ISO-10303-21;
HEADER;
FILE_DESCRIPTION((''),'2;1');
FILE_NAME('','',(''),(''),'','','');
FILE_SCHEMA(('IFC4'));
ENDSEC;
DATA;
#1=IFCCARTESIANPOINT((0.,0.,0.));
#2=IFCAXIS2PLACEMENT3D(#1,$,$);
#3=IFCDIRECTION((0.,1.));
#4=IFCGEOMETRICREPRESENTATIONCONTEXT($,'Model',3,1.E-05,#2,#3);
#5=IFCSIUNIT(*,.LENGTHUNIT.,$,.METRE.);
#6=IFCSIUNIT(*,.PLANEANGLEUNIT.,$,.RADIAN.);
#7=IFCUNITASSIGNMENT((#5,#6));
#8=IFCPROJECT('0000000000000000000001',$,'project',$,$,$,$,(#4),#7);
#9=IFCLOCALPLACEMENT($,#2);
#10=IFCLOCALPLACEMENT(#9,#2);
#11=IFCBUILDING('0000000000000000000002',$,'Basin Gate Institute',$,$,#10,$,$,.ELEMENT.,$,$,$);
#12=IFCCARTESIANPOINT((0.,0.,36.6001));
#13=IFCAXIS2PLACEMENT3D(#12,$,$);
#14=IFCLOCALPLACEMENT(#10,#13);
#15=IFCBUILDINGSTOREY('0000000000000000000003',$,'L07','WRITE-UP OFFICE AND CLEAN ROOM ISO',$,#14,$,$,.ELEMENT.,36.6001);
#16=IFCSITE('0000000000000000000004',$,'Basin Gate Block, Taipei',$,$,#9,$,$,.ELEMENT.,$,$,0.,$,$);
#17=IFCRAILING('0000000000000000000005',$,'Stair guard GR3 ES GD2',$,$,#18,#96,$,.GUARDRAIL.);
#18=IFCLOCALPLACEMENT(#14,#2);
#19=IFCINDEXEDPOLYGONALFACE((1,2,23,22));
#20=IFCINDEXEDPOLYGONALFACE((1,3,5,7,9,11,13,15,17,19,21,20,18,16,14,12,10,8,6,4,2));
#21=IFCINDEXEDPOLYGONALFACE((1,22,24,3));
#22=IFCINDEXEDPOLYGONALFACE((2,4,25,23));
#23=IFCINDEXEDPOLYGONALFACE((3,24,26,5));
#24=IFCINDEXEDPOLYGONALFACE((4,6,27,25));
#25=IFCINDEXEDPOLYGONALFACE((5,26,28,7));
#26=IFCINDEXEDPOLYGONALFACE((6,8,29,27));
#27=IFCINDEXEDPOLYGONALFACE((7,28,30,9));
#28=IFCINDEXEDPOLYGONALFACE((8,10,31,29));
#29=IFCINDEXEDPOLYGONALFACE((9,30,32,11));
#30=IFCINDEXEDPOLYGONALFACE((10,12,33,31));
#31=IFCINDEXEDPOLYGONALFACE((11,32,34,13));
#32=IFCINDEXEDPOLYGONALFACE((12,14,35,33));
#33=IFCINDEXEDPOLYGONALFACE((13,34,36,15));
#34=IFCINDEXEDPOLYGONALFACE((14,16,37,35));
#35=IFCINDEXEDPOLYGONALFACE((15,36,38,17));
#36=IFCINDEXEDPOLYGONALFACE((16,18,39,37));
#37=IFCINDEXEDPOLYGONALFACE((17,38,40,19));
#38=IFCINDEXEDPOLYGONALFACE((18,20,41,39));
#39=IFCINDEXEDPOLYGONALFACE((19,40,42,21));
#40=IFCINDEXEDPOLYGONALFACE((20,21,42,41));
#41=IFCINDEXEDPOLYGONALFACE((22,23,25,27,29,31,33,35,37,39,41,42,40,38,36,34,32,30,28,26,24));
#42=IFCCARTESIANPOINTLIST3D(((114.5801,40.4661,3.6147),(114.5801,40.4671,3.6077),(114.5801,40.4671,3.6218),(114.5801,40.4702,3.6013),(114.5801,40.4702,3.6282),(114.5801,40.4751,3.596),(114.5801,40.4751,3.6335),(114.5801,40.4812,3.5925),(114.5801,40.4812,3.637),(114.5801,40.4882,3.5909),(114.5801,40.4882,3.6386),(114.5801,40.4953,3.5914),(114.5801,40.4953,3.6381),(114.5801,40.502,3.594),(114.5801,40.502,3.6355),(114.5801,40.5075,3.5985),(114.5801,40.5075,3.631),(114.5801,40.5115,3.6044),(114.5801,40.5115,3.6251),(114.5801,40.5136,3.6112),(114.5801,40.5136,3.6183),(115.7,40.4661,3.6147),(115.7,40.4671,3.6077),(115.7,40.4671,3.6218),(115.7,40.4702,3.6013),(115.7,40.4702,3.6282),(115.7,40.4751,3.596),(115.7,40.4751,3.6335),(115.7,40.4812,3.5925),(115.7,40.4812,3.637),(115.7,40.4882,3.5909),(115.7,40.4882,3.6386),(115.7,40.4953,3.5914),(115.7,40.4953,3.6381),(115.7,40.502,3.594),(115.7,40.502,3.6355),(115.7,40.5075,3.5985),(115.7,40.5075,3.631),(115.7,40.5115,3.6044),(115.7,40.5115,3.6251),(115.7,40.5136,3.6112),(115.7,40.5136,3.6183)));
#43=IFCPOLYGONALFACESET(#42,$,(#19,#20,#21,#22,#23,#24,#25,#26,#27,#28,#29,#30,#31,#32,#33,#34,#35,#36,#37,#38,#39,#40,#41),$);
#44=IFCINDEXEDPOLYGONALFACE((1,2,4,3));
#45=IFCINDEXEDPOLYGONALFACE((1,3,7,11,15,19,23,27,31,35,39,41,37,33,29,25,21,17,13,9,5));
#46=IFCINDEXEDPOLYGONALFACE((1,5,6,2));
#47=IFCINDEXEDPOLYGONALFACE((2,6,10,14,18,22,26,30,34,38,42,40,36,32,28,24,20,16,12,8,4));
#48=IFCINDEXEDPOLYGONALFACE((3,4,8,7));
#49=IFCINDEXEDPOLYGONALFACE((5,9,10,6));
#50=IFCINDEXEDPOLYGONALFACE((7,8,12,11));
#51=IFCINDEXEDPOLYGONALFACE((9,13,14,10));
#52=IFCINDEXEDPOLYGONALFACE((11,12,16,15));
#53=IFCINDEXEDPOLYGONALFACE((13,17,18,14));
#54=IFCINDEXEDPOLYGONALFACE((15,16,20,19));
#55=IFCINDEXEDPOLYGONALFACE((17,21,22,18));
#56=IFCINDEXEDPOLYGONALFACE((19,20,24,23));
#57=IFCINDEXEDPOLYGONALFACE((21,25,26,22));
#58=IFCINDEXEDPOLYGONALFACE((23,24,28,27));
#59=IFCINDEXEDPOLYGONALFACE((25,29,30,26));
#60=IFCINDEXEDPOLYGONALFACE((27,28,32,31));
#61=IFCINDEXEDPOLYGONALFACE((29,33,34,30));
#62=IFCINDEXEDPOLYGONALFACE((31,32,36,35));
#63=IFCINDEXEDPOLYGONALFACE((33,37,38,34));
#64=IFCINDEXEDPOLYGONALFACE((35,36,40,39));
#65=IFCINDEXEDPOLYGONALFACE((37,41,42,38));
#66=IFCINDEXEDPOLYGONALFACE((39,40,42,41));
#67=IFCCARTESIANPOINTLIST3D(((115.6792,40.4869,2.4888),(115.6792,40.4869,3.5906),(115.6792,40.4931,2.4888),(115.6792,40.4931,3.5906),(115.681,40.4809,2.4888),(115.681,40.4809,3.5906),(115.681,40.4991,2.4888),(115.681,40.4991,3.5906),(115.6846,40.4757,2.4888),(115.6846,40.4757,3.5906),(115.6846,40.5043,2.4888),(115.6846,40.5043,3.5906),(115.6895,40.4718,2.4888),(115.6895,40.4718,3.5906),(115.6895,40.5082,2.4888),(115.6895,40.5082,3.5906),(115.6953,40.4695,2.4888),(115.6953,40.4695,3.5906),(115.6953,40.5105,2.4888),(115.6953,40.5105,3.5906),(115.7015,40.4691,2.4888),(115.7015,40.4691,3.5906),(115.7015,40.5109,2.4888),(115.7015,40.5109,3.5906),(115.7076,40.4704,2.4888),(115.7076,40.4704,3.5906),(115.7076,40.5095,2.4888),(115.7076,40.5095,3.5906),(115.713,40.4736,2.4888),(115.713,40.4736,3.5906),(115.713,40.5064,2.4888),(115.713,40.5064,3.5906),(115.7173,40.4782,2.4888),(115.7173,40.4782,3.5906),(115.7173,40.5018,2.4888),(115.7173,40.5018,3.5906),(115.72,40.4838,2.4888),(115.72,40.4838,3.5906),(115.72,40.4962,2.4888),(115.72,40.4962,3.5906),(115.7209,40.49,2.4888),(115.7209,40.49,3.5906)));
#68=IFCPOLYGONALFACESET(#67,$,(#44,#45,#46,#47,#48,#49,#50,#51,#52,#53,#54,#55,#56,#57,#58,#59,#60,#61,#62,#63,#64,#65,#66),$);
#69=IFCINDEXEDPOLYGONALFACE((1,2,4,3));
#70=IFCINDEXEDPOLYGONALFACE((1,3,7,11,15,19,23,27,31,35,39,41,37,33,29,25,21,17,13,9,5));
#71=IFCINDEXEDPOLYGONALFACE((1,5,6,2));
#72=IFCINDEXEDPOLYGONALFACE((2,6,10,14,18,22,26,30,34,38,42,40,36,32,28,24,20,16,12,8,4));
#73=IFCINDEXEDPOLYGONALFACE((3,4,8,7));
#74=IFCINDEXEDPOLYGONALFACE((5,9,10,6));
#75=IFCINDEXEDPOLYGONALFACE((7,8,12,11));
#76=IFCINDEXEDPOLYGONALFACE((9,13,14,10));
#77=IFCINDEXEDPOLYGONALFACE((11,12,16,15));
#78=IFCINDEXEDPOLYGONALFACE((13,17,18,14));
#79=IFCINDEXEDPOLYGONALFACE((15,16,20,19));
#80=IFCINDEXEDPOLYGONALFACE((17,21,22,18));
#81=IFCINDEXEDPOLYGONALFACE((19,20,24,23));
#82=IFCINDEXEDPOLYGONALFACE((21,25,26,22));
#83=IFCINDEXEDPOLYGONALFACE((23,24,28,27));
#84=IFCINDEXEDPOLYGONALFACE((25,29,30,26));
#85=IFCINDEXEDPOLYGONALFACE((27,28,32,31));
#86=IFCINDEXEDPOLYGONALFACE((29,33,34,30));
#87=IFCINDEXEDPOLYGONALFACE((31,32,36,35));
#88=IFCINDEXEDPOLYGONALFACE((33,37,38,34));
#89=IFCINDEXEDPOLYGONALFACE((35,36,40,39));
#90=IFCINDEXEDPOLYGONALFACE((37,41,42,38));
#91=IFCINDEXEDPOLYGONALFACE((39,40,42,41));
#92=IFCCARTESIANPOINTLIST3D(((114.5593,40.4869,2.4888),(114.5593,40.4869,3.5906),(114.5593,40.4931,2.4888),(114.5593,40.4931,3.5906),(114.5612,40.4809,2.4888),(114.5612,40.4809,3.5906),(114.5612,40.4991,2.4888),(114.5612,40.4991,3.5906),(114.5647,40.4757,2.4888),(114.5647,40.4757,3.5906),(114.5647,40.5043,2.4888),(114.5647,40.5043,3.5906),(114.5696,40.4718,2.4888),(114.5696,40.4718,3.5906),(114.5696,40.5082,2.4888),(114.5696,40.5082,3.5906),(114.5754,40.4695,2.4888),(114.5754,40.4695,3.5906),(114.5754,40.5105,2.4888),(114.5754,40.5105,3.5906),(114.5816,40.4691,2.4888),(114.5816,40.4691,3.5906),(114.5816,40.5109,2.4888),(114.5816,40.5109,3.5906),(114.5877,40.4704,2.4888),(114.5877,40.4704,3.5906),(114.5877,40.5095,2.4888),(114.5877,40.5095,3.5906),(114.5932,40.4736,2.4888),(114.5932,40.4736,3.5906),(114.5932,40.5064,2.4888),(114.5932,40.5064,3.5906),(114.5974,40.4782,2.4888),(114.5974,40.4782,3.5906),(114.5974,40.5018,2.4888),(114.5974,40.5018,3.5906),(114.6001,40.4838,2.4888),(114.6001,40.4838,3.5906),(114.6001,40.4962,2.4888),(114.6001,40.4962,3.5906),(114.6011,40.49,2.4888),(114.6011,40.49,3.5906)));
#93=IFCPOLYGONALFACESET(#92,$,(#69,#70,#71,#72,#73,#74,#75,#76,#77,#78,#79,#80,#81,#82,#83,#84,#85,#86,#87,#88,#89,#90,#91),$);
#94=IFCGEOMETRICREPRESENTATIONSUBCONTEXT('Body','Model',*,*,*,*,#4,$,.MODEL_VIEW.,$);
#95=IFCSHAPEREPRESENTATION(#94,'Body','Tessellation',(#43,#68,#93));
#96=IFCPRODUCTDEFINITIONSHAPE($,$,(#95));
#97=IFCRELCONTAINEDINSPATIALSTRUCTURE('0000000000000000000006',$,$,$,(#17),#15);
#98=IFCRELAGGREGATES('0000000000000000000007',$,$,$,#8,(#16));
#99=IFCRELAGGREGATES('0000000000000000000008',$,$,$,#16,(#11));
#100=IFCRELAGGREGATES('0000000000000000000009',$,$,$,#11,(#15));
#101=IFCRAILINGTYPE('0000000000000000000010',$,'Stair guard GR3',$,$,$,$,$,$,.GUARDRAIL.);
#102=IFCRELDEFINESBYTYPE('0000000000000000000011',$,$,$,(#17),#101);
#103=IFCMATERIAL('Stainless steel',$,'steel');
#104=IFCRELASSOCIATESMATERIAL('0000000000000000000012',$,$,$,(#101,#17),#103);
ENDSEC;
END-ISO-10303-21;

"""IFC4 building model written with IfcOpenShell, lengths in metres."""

from ifc_helpers import new_model, si_unit, direction, frame, origin, origin_2d, place, context, subcontext, project, spatial, circle, extrude, material, type_object, element, save


model = new_model("IFC4")

# Units and contexts
model_context = context("Model", 3, precision=1e-05, world=origin(), true_north=direction((0.0, 1.0)))
body_context = subcontext(model_context, "Body", "Model", "MODEL_VIEW")
ifc_project = project(units=[si_unit("LENGTHUNIT", "METRE"), si_unit("PLANEANGLEUNIT", "RADIAN")], contexts=[model_context])

# Site, building, storey
site_placement = place(None, origin())
site = spatial("IfcSite", under=ifc_project, at=site_placement, Name="Basin Gate Block, Taipei", CompositionType="ELEMENT", RefElevation=0.0)
building_placement = place(site_placement, origin())
building = spatial("IfcBuilding", under=site, at=building_placement, Name="Basin Gate Institute", CompositionType="ELEMENT")
storey_placement = place(building_placement, frame((0.0, 0.0, 36.6001)))
storey = spatial("IfcBuildingStorey", under=building, at=storey_placement, Name="L07", Description="WRITE-UP OFFICE AND CLEAN ROOM ISO", CompositionType="ELEMENT", Elevation=36.6001)

# Railing
ifc_material_1 = material(Name="Stainless steel", Category="steel")
railing_type_1 = type_object("IfcRailingType", Name="Stair guard GR3", PredefinedType="GUARDRAIL", material=ifc_material_1)
railing_1_placement = place(storey_placement, frame((115.7, 40.49, 2.4888)))
element("IfcRailing", 1, at=railing_1_placement, inside=storey, type_object=railing_type_1, material=ifc_material_1, Name="Stair guard GR3 ES GD2", PredefinedType="GUARDRAIL", context=body_context, shape_type="SweptSolid", body=[
    extrude(circle(Radius=0.0239, at=origin_2d()), frame((0.0, 0.0, 1.126), z_axis=(-1.0, 0.0, 0.0), x_axis=(0.0, -1.0, 0.0)), (0.0, 0.0, 1.0), 1.1199),
    extrude(circle(Radius=0.021, at=origin_2d()), origin(), (0.0, 0.0, 1.0), 1.1018),
    extrude(circle(Radius=0.021, at=origin_2d()), frame((-1.1199, 0.0, 0.0)), (0.0, 0.0, 1.0), 1.1018),
])

save(model, "model.ifc")
